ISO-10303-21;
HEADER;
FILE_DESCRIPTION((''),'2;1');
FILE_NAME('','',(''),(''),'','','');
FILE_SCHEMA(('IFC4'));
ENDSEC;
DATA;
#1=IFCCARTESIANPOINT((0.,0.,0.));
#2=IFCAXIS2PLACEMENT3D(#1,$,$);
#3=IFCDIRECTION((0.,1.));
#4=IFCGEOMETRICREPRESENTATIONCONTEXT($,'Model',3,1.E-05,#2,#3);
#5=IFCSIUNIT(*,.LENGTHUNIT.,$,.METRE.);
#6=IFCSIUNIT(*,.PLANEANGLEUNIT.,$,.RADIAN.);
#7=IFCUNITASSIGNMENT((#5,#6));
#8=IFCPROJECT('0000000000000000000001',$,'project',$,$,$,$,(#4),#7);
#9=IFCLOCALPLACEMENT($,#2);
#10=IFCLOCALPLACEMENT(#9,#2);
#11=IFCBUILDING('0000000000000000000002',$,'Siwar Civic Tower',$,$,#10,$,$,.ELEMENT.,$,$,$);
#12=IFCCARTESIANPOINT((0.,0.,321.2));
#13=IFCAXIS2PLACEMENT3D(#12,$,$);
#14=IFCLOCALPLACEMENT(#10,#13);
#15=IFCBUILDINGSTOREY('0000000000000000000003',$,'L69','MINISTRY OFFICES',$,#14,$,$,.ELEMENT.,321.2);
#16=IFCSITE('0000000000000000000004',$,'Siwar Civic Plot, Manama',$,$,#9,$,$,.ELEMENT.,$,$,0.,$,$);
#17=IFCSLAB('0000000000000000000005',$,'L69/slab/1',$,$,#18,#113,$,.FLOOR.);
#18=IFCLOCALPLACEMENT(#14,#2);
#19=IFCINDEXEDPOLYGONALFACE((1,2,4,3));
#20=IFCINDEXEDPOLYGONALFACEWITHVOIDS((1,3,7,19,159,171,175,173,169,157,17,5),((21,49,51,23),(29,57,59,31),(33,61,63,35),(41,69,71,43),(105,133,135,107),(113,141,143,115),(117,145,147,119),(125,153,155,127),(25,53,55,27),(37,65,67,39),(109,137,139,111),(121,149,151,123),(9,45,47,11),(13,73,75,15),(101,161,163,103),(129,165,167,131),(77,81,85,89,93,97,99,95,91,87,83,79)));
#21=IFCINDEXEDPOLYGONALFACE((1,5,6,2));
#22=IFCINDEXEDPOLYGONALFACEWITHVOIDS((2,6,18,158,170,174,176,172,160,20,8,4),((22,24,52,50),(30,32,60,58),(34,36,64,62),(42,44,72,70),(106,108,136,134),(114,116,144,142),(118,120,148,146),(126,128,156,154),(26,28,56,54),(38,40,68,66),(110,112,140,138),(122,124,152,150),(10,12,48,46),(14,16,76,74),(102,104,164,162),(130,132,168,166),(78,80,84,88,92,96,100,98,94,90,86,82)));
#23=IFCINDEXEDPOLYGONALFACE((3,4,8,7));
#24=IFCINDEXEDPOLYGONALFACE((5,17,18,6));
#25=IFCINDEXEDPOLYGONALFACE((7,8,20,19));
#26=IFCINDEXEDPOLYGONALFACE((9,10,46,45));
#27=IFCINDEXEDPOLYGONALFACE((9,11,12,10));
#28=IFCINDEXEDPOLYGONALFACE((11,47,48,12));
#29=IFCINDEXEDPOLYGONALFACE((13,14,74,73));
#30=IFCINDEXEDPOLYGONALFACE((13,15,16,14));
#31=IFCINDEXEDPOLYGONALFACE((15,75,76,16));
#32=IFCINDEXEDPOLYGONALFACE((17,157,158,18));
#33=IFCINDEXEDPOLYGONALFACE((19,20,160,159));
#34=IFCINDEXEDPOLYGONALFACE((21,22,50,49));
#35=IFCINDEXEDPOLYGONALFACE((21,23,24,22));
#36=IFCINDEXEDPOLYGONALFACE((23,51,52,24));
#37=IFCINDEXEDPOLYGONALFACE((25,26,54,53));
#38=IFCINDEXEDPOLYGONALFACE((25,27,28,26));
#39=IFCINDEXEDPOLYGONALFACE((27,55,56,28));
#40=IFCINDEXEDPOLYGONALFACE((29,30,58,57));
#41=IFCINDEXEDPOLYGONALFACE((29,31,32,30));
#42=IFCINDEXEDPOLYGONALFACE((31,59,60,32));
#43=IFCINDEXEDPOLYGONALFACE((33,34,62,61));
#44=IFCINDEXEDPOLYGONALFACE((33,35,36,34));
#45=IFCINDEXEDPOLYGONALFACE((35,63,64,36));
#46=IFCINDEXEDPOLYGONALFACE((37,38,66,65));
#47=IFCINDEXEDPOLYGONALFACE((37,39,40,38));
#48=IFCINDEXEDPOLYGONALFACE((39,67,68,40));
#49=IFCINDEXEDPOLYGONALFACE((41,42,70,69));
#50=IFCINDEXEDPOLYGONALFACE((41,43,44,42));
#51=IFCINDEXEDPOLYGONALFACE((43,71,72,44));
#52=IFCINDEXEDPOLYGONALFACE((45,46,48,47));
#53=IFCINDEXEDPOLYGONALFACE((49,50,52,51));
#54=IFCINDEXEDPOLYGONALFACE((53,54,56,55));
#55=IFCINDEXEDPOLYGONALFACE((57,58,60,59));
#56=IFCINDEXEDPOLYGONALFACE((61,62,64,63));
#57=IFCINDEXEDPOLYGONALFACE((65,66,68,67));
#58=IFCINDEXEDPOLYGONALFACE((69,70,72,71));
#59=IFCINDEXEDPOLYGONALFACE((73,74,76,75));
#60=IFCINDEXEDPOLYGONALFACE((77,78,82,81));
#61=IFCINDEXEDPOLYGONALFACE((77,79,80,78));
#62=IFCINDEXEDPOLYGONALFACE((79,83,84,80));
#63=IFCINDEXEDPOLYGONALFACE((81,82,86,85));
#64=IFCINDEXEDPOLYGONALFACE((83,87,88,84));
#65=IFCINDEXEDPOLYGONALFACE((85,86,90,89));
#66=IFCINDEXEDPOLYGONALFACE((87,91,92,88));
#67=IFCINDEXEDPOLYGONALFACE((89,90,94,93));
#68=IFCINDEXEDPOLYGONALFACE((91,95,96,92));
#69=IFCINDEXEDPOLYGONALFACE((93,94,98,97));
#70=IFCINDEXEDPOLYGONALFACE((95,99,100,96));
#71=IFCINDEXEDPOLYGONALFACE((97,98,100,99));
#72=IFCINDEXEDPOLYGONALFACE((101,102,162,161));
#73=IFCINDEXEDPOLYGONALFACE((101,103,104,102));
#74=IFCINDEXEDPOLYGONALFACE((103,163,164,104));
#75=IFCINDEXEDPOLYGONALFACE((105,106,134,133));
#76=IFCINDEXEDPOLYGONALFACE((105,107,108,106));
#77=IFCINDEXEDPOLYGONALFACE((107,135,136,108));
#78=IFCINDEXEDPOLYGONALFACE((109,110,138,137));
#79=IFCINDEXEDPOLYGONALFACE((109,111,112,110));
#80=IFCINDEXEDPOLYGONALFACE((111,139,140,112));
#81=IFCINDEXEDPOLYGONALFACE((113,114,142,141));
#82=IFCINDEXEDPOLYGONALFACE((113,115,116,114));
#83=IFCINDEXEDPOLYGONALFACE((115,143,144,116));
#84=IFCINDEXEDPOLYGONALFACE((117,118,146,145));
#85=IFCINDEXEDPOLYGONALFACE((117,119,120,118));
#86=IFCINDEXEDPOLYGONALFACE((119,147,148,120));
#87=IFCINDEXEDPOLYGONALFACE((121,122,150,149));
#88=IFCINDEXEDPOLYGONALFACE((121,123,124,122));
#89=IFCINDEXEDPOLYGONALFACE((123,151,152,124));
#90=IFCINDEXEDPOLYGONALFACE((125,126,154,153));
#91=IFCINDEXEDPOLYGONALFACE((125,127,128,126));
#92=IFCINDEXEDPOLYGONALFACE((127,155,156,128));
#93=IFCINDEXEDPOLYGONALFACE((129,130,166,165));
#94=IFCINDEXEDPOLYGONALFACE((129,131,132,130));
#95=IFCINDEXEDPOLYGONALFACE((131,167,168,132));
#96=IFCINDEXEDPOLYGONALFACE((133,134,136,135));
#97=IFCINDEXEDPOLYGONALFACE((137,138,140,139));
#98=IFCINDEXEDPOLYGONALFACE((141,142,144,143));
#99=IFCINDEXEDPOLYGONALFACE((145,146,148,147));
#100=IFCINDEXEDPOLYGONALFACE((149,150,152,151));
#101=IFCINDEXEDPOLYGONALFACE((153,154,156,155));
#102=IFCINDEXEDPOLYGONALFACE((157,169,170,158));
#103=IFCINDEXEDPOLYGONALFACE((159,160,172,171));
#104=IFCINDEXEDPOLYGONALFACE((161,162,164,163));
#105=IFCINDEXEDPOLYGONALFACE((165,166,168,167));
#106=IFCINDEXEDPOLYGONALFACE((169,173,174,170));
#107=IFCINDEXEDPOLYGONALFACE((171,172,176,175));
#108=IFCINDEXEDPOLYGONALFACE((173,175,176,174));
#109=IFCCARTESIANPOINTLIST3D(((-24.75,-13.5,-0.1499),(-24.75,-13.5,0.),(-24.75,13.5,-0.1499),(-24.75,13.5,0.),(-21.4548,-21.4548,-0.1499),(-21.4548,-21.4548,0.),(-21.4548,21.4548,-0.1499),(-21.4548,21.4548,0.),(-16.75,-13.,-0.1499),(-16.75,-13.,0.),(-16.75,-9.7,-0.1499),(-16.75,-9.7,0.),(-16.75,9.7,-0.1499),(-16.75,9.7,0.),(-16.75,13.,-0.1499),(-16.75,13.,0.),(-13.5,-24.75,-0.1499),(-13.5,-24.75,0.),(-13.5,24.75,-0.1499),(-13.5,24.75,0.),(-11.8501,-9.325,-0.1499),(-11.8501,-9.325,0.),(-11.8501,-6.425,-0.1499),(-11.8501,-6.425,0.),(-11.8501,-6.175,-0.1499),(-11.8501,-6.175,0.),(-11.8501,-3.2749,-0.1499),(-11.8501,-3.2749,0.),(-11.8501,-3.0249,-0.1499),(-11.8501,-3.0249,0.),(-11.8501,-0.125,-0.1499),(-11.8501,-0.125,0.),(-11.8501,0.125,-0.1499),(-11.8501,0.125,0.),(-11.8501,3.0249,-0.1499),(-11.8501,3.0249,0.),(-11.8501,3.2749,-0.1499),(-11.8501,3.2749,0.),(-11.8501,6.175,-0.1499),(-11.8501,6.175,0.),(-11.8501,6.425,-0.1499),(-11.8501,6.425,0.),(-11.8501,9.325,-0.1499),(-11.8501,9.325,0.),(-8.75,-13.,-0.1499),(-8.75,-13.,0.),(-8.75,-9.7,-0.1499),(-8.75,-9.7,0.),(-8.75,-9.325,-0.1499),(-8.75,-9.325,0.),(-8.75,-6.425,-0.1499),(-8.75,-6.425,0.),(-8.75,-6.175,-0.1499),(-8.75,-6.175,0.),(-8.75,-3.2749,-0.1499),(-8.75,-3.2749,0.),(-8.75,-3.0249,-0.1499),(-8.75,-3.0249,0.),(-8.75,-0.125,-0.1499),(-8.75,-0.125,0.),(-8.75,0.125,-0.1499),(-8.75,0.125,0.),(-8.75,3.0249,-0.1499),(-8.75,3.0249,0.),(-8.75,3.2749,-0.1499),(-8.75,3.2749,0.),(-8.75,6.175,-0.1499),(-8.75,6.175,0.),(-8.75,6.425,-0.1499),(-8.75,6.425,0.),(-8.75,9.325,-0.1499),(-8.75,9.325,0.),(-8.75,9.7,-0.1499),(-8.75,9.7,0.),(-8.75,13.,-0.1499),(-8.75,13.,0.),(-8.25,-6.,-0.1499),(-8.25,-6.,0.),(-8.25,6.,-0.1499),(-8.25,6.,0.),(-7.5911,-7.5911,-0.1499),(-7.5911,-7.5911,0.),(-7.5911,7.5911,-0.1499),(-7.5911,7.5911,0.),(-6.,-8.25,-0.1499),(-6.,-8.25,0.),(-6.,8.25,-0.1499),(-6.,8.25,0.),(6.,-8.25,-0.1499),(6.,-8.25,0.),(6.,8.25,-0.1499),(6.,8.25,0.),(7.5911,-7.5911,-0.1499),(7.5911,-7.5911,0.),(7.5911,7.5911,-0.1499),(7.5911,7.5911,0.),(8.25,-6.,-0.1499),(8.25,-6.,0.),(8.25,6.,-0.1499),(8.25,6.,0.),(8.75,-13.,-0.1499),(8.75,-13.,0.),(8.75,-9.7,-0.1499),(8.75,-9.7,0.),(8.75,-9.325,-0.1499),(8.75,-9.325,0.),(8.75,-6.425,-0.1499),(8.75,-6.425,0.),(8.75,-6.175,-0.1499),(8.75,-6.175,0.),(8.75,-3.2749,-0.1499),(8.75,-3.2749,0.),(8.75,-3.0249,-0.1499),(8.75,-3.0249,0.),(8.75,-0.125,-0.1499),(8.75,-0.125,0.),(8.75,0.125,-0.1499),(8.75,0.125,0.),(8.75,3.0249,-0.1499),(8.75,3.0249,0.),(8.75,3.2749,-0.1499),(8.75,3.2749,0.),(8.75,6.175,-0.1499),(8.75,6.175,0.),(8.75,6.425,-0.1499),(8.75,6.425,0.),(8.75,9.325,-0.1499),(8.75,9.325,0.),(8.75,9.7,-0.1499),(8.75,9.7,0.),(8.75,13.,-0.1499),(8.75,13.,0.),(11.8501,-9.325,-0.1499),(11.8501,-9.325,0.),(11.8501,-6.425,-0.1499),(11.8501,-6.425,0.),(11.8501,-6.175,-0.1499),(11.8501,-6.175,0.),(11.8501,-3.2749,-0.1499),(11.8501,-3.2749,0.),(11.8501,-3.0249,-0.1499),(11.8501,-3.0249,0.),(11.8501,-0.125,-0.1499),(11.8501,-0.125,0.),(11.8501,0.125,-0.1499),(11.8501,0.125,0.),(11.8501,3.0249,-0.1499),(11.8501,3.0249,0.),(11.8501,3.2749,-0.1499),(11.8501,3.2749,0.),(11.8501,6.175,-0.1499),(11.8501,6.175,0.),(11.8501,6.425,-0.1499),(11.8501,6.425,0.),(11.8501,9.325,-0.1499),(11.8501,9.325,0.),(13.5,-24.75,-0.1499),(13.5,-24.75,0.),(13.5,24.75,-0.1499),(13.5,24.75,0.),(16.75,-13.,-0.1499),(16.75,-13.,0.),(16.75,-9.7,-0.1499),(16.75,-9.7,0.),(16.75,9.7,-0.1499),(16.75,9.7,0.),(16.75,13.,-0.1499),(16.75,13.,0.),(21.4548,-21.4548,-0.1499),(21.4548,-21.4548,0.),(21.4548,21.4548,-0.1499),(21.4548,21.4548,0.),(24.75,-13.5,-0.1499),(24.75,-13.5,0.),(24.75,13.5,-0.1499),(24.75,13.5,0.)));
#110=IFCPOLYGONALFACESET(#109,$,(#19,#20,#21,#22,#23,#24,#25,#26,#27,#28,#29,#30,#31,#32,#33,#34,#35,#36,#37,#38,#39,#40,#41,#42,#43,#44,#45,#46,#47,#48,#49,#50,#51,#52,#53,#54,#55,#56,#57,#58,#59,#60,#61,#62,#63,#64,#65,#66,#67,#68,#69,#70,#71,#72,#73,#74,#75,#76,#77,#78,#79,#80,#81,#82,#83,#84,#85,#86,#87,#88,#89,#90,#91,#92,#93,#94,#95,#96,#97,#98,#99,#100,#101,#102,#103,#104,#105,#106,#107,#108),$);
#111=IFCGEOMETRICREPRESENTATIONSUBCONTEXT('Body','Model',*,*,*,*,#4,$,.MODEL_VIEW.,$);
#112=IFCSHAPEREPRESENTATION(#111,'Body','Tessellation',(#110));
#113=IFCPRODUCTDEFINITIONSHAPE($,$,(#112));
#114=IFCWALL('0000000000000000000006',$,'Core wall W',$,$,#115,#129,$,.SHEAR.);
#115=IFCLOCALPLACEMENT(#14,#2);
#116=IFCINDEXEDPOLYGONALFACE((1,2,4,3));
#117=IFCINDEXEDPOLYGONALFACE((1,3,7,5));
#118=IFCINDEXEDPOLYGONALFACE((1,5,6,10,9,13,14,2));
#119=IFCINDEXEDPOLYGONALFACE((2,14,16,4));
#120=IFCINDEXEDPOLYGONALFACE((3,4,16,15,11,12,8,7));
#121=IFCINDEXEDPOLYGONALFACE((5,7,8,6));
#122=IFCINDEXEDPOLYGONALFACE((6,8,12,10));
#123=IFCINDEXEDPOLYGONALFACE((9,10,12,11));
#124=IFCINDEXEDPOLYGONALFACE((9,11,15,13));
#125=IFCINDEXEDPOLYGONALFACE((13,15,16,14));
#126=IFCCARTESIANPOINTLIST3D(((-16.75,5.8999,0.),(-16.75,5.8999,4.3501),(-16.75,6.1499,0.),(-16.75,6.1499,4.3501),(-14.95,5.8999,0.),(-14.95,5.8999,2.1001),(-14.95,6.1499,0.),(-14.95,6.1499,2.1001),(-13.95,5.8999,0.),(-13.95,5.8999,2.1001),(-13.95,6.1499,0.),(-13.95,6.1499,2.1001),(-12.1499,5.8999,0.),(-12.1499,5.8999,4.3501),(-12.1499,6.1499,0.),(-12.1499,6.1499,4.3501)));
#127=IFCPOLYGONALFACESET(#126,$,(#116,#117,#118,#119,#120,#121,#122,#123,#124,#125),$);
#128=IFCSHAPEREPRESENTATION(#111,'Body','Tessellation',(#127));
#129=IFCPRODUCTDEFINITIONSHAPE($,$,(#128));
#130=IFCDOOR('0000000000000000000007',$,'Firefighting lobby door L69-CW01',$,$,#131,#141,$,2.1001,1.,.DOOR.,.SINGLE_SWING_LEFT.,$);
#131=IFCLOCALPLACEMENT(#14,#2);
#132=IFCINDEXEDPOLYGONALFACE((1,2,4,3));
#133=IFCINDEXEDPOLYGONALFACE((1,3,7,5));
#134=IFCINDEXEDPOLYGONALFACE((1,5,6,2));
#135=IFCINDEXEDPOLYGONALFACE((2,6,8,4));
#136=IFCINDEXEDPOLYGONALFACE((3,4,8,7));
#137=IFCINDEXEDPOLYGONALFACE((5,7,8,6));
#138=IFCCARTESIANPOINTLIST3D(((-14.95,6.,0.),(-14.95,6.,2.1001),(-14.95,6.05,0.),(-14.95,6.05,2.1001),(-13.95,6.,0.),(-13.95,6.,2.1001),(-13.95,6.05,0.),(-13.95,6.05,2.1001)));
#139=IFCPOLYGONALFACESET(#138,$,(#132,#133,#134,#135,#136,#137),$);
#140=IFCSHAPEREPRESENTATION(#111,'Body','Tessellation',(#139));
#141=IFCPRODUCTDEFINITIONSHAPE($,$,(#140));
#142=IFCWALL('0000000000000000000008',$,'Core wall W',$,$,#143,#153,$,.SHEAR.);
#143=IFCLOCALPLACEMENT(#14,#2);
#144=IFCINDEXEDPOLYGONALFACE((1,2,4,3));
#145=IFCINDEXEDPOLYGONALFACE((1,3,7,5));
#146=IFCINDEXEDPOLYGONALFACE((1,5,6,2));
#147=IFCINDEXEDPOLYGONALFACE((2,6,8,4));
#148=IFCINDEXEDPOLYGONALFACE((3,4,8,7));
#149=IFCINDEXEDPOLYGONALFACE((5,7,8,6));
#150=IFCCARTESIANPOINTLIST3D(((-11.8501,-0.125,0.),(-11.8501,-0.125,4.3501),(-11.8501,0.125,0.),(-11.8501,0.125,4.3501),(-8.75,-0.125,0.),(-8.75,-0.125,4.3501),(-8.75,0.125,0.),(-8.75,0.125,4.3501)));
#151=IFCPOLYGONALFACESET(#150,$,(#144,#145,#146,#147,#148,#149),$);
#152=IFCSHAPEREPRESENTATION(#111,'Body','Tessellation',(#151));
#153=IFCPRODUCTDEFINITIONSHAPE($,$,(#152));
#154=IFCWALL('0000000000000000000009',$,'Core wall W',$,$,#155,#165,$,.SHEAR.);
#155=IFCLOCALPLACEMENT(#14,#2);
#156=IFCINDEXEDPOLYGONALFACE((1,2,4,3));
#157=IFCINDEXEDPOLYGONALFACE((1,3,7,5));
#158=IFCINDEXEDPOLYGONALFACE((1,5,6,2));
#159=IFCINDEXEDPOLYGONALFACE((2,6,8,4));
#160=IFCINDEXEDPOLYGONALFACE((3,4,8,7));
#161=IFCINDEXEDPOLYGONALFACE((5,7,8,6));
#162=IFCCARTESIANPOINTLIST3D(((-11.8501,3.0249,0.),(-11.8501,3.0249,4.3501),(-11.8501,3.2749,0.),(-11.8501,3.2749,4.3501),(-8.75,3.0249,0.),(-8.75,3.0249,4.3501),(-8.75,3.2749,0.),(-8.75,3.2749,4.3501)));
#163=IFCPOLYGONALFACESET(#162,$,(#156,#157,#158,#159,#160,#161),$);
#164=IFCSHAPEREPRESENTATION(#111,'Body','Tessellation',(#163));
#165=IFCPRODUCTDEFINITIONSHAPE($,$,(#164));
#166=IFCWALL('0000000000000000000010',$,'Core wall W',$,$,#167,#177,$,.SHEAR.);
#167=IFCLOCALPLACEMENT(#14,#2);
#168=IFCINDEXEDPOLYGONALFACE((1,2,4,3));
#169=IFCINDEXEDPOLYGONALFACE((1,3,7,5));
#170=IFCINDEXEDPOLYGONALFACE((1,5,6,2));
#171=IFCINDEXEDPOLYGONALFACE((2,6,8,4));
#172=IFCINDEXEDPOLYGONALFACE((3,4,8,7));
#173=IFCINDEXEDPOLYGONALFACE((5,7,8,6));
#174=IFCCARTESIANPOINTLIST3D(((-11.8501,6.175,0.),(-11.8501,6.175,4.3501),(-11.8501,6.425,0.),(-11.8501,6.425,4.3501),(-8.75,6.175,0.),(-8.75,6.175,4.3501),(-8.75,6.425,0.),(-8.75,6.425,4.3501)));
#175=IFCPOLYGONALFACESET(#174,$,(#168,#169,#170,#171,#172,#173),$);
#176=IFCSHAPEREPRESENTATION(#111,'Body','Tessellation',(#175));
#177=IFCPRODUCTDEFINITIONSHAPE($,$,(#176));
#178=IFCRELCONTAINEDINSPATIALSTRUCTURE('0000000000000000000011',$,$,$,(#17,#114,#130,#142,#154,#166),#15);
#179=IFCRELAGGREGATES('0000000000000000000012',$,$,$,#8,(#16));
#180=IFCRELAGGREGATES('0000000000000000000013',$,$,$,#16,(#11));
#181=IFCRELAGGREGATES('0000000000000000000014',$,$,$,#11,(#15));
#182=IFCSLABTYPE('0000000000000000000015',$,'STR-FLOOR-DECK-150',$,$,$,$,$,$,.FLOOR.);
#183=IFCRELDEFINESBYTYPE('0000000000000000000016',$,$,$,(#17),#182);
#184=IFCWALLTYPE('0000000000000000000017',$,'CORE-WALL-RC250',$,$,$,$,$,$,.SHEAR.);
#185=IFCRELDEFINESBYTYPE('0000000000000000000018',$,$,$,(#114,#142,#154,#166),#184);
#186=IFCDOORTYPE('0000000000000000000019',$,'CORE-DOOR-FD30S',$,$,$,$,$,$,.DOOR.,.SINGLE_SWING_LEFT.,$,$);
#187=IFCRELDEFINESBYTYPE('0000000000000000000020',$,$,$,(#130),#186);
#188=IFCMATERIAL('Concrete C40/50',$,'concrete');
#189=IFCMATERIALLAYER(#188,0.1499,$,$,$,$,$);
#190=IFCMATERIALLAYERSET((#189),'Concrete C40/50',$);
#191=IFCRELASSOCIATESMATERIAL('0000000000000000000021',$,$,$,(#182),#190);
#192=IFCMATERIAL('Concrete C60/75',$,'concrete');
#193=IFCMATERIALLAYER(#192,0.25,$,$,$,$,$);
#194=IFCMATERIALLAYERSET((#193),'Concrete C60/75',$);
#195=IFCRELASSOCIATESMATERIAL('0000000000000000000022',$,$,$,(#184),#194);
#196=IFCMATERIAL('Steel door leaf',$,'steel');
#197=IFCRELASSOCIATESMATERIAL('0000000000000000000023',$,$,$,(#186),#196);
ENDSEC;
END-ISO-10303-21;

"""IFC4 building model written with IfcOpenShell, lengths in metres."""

from ifc_helpers import new_model, si_unit, direction, frame, frame_2d, origin, place, context, subcontext, project, spatial, polyline, rectangle, outline, extrude, material, layer, layer_set, type_object, element, fill, save


model = new_model("IFC4")

# Units and contexts
model_context = context("Model", 3, precision=1e-05, world=origin(), true_north=direction((0.0, 1.0)))
body_context = subcontext(model_context, "Body", "Model", "MODEL_VIEW")
ifc_project = project(units=[si_unit("LENGTHUNIT", "METRE"), si_unit("PLANEANGLEUNIT", "RADIAN")], contexts=[model_context])

# Site, building, storey
site_placement = place(None, origin())
site = spatial("IfcSite", under=ifc_project, at=site_placement, Name="Siwar Civic Plot, Manama", CompositionType="ELEMENT", RefElevation=0.0)
building_placement = place(site_placement, origin())
building = spatial("IfcBuilding", under=site, at=building_placement, Name="Siwar Civic Tower", CompositionType="ELEMENT")
storey_placement = place(building_placement, frame((0.0, 0.0, 321.2)))
storey = spatial("IfcBuildingStorey", under=building, at=storey_placement, Name="L69", Description="MINISTRY OFFICES", CompositionType="ELEMENT", Elevation=321.2)

# Slab
ifc_material_1 = material(Name="Concrete C40/50", Category="concrete")
ifc_layer_1 = layer(ifc_material_1, 0.1499)
ifc_layer_set_1 = layer_set([ifc_layer_1], Name="Concrete C40/50")
slab_type_1 = type_object("IfcSlabType", Name="STR-FLOOR-DECK-150", PredefinedType="FLOOR", material=ifc_layer_set_1)
slab_1_placement = place(storey_placement, frame((0.0, 0.0, -0.1499)))
element("IfcSlab", 1, at=slab_1_placement, inside=storey, type_object=slab_type_1, Name="L69/slab/1", PredefinedType="FLOOR", context=body_context, shape_type="SweptSolid", body=[
    extrude(outline(polyline([(-13.5, -24.75), (13.5, -24.75), (21.4548, -21.4548), (24.75, -13.5), (24.75, 13.5), (21.4548, 21.4548), (13.5, 24.75), (-13.5, 24.75), (-21.4548, 21.4548), (-24.75, 13.5), (-24.75, -13.5), (-21.4548, -21.4548), (-13.5, -24.75)]), holes=[polyline([(16.75, 13.0), (16.75, 9.7), (8.75, 9.7), (8.75, 13.0), (16.75, 13.0)]), polyline([(8.75, -9.7), (16.75, -9.7), (16.75, -13.0), (8.75, -13.0), (8.75, -9.7)]), polyline([(11.8501, 9.325), (11.8501, 6.425), (8.75, 6.425), (8.75, 9.325), (11.8501, 9.325)]), polyline([(8.75, 6.175), (11.8501, 6.175), (11.8501, 3.2749), (8.75, 3.2749), (8.75, 6.175)]), polyline([(8.75, 3.0249), (11.8501, 3.0249), (11.8501, 0.125), (8.75, 0.125), (8.75, 3.0249)]), polyline([(8.75, -0.125), (11.8501, -0.125), (11.8501, -3.0249), (8.75, -3.0249), (8.75, -0.125)]), polyline([(8.75, -3.2749), (11.8501, -3.2749), (11.8501, -6.175), (8.75, -6.175), (8.75, -3.2749)]), polyline([(8.75, -6.425), (11.8501, -6.425), (11.8501, -9.325), (8.75, -9.325), (8.75, -6.425)]), polyline([(-6.0, 8.25), (6.0, 8.25), (7.5911, 7.5911), (8.25, 6.0), (8.25, -6.0), (7.5911, -7.5911), (6.0, -8.25), (-6.0, -8.25), (-7.5911, -7.5911), (-8.25, -6.0), (-8.25, 6.0), (-7.5911, 7.5911), (-6.0, 8.25)]), polyline([(-8.75, -13.0), (-16.75, -13.0), (-16.75, -9.7), (-8.75, -9.7), (-8.75, -13.0)]), polyline([(-8.75, 9.7), (-16.75, 9.7), (-16.75, 13.0), (-8.75, 13.0), (-8.75, 9.7)]), polyline([(-8.75, 6.425), (-11.8501, 6.425), (-11.8501, 9.325), (-8.75, 9.325), (-8.75, 6.425)]), polyline([(-8.75, 3.2749), (-11.8501, 3.2749), (-11.8501, 6.175), (-8.75, 6.175), (-8.75, 3.2749)]), polyline([(-8.75, 0.125), (-11.8501, 0.125), (-11.8501, 3.0249), (-8.75, 3.0249), (-8.75, 0.125)]), polyline([(-8.75, -3.0249), (-11.8501, -3.0249), (-11.8501, -0.125), (-8.75, -0.125), (-8.75, -3.0249)]), polyline([(-8.75, -6.175), (-11.8501, -6.175), (-11.8501, -3.2749), (-8.75, -3.2749), (-8.75, -6.175)]), polyline([(-8.75, -9.325), (-11.8501, -9.325), (-11.8501, -6.425), (-8.75, -6.425), (-8.75, -9.325)])]), origin(), (0.0, 0.0, 1.0), 0.1499),
])

# Wall, opening, door
ifc_material_2 = material(Name="Concrete C60/75", Category="concrete")
ifc_layer_2 = layer(ifc_material_2, 0.25)
ifc_layer_set_2 = layer_set([ifc_layer_2], Name="Concrete C60/75")
wall_type_1 = type_object("IfcWallType", Name="CORE-WALL-RC250", PredefinedType="SHEAR", material=ifc_layer_set_2)
wall_1_placement = place(storey_placement, frame((-12.1499, 6.0249, 0.0), z_axis=(0.0, 0.0, 1.0), x_axis=(-1.0, 0.0, 0.0)))
wall_1 = element("IfcWall", 2, at=wall_1_placement, inside=storey, type_object=wall_type_1, Name="Core wall W", PredefinedType="SHEAR", context=body_context, shape_type="SweptSolid", body=[
    extrude(rectangle(XDim=4.6001, YDim=0.25, at=frame_2d((2.3, 0.0))), origin(), (0.0, 0.0, 1.0), 4.3501),
])
opening_1_placement = place(wall_1_placement, frame((1.8, 0.0, 0.0)))
opening_1 = element("IfcOpeningElement", 3, at=opening_1_placement, cuts=wall_1, PredefinedType="OPENING", context=body_context, shape_type="SweptSolid", body=[
    extrude(rectangle(XDim=1.0, YDim=2.1001, at=frame_2d((0.5, 1.05))), frame((0.0, 0.135, 0.0), z_axis=(0.0, -1.0, 0.0), x_axis=(1.0, 0.0, 0.0)), (0.0, 0.0, 1.0), 0.27),
])
ifc_material_3 = material(Name="Steel door leaf", Category="steel")
door_type_1 = type_object("IfcDoorType", Name="CORE-DOOR-FD30S", OperationType="SINGLE_SWING_LEFT", PredefinedType="DOOR", material=ifc_material_3)
door_1_placement = place(opening_1_placement, origin())
door_1 = element("IfcDoor", 4, at=door_1_placement, inside=storey, type_object=door_type_1, Name="Firefighting lobby door L69-CW01", OperationType="SINGLE_SWING_LEFT", OverallHeight=2.1001, OverallWidth=1.0, PredefinedType="DOOR", context=body_context, shape_type="SweptSolid", body=[
    extrude(rectangle(XDim=1.0, YDim=2.1001, at=frame_2d((0.5, 1.05))), frame((0.0, 0.0249, 0.0), z_axis=(0.0, -1.0, 0.0), x_axis=(1.0, 0.0, 0.0)), (0.0, 0.0, 1.0), 0.05),
])
fill(opening_1, door_1)

# Walls
for number, where, z_axis, x_axis, name in (
    (5, (-8.75, 0.0, 0.0), (0.0, 0.0, 1.0), (-1.0, 0.0, 0.0), "Core wall W"),
    (6, (-8.75, 3.1499, 0.0), (0.0, 0.0, 1.0), (-1.0, 0.0, 0.0), "Core wall W"),
    (7, (-8.75, 6.3, 0.0), (0.0, 0.0, 1.0), (-1.0, 0.0, 0.0), "Core wall W"),
):
    element("IfcWall", number, at=place(storey_placement, frame(where, z_axis=z_axis, x_axis=x_axis)), inside=storey, type_object=wall_type_1, Name=name, PredefinedType="SHEAR", context=body_context, shape_type="SweptSolid", body=[
        extrude(rectangle(XDim=3.1001, YDim=0.25, at=frame_2d((1.55, 0.0))), origin(), (0.0, 0.0, 1.0), 4.3501),
    ])

save(model, "model.ifc")
